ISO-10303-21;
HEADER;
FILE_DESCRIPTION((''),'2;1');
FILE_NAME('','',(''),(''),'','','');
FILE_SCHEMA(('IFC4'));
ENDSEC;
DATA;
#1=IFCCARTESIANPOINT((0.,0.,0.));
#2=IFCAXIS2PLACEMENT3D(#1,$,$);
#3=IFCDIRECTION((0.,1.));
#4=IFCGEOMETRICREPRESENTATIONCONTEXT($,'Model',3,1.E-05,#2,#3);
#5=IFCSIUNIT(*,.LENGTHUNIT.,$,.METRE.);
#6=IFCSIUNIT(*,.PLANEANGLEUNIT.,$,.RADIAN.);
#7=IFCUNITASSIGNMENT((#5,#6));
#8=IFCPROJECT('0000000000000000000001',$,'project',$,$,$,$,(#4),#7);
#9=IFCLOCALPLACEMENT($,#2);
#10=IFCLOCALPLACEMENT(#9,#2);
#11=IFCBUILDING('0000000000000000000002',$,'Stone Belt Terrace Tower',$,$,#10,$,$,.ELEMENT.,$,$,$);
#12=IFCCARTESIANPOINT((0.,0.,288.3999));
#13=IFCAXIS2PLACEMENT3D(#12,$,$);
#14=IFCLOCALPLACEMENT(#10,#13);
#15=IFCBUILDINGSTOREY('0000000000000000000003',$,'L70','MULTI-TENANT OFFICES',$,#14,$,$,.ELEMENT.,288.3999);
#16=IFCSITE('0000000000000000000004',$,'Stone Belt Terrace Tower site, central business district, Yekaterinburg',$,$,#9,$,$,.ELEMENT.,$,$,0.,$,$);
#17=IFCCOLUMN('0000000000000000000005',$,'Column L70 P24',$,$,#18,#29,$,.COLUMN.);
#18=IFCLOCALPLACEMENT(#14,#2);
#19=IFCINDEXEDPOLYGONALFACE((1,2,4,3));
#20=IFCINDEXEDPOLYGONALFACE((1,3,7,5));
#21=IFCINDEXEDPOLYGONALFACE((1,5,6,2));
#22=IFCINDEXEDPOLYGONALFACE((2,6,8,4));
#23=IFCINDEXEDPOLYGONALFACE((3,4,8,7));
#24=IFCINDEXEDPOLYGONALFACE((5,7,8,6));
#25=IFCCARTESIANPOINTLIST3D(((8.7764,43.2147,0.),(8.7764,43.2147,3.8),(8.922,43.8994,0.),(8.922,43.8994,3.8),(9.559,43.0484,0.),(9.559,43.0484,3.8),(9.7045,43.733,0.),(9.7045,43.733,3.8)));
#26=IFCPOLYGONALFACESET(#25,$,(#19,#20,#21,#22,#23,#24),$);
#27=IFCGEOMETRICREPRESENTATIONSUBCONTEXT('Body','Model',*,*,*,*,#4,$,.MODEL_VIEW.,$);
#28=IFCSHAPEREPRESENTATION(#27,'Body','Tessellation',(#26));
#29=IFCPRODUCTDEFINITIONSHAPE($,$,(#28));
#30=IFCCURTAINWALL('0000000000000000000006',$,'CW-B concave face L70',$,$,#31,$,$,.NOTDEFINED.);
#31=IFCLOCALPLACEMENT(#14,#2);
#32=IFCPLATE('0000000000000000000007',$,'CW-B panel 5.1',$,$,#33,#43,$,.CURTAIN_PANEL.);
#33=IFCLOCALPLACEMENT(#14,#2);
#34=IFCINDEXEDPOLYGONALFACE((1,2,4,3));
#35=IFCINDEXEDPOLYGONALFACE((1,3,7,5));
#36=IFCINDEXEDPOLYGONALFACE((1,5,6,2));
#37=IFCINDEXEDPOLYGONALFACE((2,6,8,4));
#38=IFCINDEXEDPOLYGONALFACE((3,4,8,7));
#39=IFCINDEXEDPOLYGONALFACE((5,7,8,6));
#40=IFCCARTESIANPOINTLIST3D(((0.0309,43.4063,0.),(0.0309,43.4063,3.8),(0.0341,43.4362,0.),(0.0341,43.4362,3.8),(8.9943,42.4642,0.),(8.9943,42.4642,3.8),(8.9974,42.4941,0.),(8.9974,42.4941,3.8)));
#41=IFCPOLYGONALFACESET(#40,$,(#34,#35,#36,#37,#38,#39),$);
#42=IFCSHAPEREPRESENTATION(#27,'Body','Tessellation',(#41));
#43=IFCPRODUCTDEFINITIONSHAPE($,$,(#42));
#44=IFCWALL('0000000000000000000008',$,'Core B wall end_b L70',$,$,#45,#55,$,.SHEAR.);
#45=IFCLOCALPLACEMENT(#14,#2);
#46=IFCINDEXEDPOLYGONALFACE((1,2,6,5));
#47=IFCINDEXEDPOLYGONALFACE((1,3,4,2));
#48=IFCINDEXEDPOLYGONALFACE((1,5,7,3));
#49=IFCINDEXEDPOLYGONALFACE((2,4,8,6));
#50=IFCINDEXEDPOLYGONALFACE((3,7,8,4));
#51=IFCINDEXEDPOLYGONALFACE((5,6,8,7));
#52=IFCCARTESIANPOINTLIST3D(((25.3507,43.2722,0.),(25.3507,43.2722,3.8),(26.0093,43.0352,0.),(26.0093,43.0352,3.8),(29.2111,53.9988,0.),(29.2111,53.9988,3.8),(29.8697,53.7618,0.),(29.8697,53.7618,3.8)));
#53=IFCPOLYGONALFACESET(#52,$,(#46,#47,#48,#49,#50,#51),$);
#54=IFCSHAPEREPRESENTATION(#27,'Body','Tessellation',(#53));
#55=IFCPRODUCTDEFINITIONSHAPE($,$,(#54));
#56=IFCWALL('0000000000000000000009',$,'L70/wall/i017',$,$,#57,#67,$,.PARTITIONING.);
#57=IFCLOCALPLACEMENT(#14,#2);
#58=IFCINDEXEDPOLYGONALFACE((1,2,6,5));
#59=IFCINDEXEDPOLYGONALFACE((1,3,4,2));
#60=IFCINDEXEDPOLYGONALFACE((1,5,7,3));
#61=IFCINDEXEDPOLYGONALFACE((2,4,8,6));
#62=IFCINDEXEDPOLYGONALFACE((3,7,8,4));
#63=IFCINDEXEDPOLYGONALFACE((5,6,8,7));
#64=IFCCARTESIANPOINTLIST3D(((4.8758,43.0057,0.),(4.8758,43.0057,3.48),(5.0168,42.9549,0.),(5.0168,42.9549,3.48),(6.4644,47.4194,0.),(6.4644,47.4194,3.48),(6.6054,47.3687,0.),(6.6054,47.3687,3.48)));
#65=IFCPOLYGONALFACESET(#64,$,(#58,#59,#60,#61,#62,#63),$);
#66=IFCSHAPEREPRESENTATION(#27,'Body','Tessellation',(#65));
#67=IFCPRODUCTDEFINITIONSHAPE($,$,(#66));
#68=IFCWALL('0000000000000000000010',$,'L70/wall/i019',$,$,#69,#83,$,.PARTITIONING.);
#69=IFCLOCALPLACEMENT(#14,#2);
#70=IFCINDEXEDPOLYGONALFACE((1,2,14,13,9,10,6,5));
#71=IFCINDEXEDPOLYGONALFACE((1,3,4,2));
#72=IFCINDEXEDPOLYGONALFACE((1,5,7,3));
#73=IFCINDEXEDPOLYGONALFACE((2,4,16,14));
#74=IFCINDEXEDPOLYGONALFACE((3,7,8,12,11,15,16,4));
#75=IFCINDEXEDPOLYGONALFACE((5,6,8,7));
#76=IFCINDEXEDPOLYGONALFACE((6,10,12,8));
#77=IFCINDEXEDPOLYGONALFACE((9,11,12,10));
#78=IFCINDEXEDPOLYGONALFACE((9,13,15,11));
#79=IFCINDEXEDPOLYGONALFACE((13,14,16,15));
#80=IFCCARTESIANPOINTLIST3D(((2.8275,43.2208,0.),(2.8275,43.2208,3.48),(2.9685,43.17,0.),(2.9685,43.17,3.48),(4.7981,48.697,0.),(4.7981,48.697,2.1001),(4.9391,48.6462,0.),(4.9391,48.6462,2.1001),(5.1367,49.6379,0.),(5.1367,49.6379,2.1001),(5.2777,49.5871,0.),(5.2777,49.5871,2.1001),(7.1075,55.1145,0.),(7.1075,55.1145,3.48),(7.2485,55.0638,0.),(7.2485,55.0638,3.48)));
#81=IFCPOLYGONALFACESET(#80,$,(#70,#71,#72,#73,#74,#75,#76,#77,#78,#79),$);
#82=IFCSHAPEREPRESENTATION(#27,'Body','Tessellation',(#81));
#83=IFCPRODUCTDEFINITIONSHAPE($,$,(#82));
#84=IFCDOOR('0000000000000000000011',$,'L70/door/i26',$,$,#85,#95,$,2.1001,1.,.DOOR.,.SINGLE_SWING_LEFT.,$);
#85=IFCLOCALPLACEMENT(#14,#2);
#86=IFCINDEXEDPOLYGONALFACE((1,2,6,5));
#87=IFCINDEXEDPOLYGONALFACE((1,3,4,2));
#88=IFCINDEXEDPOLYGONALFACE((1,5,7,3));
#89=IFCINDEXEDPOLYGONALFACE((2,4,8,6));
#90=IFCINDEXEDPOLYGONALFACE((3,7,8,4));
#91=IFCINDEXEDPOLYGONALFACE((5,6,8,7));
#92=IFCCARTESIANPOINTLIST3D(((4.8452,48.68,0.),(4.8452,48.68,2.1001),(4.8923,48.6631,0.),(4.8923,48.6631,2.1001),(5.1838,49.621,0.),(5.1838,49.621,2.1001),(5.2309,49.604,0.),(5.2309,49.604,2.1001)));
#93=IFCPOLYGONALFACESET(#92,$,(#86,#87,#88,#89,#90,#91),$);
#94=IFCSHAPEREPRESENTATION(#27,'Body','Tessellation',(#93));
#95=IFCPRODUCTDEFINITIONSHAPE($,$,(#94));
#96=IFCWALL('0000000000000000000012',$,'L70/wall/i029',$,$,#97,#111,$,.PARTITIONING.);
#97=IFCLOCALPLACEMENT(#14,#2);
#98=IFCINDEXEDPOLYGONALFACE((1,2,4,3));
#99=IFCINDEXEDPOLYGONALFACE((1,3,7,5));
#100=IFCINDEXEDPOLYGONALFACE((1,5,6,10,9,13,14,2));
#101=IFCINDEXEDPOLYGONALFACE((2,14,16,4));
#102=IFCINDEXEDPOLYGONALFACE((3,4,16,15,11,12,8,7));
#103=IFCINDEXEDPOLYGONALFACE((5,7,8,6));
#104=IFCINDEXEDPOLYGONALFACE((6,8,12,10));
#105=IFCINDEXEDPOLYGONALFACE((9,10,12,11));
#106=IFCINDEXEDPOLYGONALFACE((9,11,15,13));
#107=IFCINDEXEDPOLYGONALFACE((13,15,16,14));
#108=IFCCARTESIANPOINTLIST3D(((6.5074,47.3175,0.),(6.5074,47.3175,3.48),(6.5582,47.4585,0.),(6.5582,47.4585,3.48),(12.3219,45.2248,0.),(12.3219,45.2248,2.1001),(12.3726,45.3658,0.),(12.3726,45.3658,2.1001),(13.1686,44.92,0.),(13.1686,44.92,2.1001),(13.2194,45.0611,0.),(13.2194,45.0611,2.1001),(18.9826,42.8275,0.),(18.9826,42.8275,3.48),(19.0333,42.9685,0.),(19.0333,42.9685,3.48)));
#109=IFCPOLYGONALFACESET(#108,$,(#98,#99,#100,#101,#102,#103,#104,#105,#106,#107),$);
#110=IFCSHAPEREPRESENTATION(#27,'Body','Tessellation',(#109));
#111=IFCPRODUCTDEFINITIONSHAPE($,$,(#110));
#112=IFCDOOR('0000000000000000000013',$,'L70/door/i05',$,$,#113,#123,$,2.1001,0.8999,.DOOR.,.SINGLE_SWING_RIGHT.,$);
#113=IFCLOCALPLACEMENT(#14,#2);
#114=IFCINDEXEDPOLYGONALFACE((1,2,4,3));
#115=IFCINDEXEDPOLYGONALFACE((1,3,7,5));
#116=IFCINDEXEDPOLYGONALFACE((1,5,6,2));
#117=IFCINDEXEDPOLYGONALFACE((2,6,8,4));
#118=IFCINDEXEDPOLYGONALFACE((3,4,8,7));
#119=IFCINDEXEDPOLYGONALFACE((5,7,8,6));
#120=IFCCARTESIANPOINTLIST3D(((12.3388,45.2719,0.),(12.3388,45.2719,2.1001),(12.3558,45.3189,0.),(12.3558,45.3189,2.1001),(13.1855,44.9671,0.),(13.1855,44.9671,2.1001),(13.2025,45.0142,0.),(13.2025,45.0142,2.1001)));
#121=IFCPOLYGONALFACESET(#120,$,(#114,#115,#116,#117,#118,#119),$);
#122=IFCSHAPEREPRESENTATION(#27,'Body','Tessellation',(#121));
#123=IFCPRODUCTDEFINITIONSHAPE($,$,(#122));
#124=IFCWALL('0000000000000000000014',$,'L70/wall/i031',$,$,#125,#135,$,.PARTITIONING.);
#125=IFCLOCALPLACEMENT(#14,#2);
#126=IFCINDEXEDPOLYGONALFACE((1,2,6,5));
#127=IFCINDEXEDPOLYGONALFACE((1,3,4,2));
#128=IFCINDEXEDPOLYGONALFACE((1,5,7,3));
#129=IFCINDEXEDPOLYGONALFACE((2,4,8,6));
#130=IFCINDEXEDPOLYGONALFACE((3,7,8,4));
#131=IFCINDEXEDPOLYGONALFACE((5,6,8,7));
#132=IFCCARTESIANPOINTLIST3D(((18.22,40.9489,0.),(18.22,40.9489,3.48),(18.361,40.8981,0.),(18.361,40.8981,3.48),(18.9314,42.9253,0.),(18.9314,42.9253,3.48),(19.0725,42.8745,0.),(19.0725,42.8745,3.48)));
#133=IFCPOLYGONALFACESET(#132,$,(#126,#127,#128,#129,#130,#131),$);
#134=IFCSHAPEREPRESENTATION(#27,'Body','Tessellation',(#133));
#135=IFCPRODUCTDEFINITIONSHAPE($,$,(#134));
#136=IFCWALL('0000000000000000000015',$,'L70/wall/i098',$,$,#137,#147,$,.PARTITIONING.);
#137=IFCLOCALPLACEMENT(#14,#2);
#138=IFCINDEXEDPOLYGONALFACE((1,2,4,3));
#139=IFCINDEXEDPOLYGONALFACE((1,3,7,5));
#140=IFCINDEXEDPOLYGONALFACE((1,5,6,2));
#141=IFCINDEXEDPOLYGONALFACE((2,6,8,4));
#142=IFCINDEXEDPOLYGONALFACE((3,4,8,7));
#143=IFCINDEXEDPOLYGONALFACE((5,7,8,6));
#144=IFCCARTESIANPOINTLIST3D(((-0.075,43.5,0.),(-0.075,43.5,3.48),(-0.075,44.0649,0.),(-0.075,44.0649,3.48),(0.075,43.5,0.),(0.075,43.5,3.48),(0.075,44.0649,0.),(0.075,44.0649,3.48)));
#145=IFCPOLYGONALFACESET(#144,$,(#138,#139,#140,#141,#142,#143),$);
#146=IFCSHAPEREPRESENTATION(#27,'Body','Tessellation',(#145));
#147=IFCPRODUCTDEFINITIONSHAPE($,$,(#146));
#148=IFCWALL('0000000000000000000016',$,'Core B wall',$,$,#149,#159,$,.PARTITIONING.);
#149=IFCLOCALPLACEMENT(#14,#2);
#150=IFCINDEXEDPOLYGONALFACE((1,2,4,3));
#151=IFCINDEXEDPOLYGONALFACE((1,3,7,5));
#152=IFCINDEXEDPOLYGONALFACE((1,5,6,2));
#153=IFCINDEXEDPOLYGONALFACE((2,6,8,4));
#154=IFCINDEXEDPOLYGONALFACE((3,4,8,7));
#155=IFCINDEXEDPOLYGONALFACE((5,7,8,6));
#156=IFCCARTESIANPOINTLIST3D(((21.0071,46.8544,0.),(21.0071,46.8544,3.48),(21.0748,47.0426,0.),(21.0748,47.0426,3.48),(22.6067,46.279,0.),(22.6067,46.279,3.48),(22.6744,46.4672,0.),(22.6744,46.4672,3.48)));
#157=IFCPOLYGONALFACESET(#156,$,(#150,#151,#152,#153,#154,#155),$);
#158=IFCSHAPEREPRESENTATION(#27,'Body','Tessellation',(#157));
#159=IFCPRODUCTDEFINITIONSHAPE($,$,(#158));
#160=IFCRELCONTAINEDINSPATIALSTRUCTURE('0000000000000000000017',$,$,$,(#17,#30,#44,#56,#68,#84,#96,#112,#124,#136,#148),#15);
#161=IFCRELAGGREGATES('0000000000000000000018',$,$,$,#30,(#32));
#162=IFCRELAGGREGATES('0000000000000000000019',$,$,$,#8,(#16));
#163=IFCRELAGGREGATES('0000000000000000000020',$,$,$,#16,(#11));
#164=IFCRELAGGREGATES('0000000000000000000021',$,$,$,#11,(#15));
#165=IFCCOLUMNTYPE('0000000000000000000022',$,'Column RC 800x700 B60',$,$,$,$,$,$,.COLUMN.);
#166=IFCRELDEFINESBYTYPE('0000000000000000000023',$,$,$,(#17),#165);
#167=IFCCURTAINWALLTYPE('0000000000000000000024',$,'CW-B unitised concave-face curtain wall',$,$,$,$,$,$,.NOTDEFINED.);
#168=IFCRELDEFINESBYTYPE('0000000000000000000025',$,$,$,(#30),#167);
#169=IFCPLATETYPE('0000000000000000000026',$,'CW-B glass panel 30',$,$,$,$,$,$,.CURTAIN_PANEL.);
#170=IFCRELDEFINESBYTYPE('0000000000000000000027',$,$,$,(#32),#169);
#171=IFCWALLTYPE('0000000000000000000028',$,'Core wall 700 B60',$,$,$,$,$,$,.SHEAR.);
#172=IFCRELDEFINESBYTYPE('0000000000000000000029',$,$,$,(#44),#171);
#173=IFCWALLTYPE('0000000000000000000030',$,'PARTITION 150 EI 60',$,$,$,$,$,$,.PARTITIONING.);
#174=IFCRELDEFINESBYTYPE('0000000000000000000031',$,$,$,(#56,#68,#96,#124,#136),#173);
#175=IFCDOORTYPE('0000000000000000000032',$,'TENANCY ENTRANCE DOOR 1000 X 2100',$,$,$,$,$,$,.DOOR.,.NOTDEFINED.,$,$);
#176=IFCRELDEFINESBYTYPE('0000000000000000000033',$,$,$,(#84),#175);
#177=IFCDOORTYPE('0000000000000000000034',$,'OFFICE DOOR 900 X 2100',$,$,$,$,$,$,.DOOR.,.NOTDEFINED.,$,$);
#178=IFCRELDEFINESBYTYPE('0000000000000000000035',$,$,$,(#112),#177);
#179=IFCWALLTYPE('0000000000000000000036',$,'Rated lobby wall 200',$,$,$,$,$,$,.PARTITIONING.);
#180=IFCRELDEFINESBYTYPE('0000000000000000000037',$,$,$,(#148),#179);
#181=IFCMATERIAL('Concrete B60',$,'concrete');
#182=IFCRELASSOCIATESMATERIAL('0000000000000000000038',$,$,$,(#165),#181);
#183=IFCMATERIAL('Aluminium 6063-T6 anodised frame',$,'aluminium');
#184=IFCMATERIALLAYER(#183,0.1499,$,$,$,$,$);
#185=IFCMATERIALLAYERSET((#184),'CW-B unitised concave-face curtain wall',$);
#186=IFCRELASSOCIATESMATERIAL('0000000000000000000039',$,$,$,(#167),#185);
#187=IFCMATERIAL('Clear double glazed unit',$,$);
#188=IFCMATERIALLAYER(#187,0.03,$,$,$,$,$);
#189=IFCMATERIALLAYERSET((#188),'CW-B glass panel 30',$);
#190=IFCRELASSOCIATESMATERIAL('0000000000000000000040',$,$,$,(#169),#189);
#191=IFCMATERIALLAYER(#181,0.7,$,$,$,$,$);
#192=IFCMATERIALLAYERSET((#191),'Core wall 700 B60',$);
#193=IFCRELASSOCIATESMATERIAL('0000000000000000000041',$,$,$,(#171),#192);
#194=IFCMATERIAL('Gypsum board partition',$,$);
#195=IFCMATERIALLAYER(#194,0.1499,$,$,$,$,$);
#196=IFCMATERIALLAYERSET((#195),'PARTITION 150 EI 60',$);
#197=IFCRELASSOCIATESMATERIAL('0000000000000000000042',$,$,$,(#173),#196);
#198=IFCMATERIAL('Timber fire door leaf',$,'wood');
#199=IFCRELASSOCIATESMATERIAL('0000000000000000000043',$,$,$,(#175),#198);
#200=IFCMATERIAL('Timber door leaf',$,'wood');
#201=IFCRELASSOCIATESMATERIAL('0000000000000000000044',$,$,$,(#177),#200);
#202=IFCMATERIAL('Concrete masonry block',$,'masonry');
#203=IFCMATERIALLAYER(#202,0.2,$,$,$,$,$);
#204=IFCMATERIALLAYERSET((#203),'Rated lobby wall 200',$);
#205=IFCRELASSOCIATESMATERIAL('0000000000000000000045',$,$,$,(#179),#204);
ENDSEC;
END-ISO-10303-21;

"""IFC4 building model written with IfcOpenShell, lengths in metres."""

from ifc_helpers import new_model, si_unit, direction, frame, frame_2d, origin, origin_2d, place, context, subcontext, project, spatial, rectangle, extrude, material, layer, layer_set, material_profile, profile_set, type_object, element, fill, aggregate, save


model = new_model("IFC4")

# Units and contexts
model_context = context("Model", 3, precision=1e-05, world=origin(), true_north=direction((0.0, 1.0)))
body_context = subcontext(model_context, "Body", "Model", "MODEL_VIEW")
ifc_project = project(units=[si_unit("LENGTHUNIT", "METRE"), si_unit("PLANEANGLEUNIT", "RADIAN")], contexts=[model_context])

# Site, building, storey
site_placement = place(None, origin())
site = spatial("IfcSite", under=ifc_project, at=site_placement, Name="Stone Belt Terrace Tower site, central business district, Yekaterinburg", CompositionType="ELEMENT", RefElevation=0.0)
building_placement = place(site_placement, origin())
building = spatial("IfcBuilding", under=site, at=building_placement, Name="Stone Belt Terrace Tower", CompositionType="ELEMENT")
storey_placement = place(building_placement, frame((0.0, 0.0, 288.3999)))
storey = spatial("IfcBuildingStorey", under=building, at=storey_placement, Name="L70", Description="MULTI-TENANT OFFICES", CompositionType="ELEMENT", Elevation=288.3999)

# Column
ifc_material_1 = material(Name="Concrete B60", Category="concrete")
ifc_material_profile = material_profile(ifc_material_1, rectangle(XDim=0.8, YDim=0.7, at=origin_2d()), Name="RC 800x700")
ifc_profile_set = profile_set([ifc_material_profile], Name="Concrete B60")
column_type = type_object("IfcColumnType", Name="Column RC 800x700 B60", PredefinedType="COLUMN", material=ifc_profile_set)
column_placement = place(storey_placement, frame((9.2405, 43.4739, 0.0), z_axis=(0.0, 0.0, 1.0), x_axis=(0.978148, -0.207912, 0.0)))
element("IfcColumn", 1, at=column_placement, inside=storey, type_object=column_type, Name="Column L70 P24", PredefinedType="COLUMN", context=body_context, shape_type="SweptSolid", body=[
    extrude(rectangle(XDim=0.8, YDim=0.7, at=origin_2d()), origin(), (0.0, 0.0, 1.0), 3.8),
])

# Curtain wall, plate
ifc_material_2 = material(Name="Aluminium 6063-T6 anodised frame", Category="aluminium")
ifc_layer_1 = layer(ifc_material_2, 0.1499)
ifc_layer_set_1 = layer_set([ifc_layer_1], Name="CW-B unitised concave-face curtain wall")
curtain_wall_type = type_object("IfcCurtainWallType", Name="CW-B unitised concave-face curtain wall", PredefinedType="NOTDEFINED", material=ifc_layer_set_1)
curtain_wall_placement = place(storey_placement, origin())
curtain_wall = element("IfcCurtainWall", 2, at=curtain_wall_placement, inside=storey, type_object=curtain_wall_type, Name="CW-B concave face L70", PredefinedType="NOTDEFINED")
ifc_material_3 = material(Name="Clear double glazed unit")
ifc_layer_2 = layer(ifc_material_3, 0.03)
ifc_layer_set_2 = layer_set([ifc_layer_2], Name="CW-B glass panel 30")
plate_type = type_object("IfcPlateType", Name="CW-B glass panel 30", PredefinedType="CURTAIN_PANEL", material=ifc_layer_set_2)
plate_placement = place(storey_placement, frame((4.5142, 42.9502, 0.0), z_axis=(0.0, 0.0, 1.0), x_axis=(0.994522, -0.104528, 0.0)))
plate = element("IfcPlate", 3, at=plate_placement, type_object=plate_type, Name="CW-B panel 5.1", PredefinedType="CURTAIN_PANEL", context=body_context, shape_type="SweptSolid", body=[
    extrude(rectangle(XDim=9.0127, YDim=0.03, at=origin_2d()), origin(), (0.0, 0.0, 1.0), 3.8),
])
aggregate(curtain_wall, [plate])

# Walls
ifc_layer_3 = layer(ifc_material_1, 0.7)
ifc_layer_set_3 = layer_set([ifc_layer_3], Name="Core wall 700 B60")
wall_type_1 = type_object("IfcWallType", Name="Core wall 700 B60", PredefinedType="SHEAR", material=ifc_layer_set_3)
wall_1_placement = place(storey_placement, frame((25.6799, 43.1536, 0.0), z_axis=(0.0, 0.0, 1.0), x_axis=(0.338625, 0.940921, 0.0)))
element("IfcWall", 4, at=wall_1_placement, inside=storey, type_object=wall_type_1, Name="Core B wall end_b L70", PredefinedType="SHEAR", context=body_context, shape_type="SweptSolid", body=[
    extrude(rectangle(XDim=11.4001, YDim=0.7, at=frame_2d((5.7002, 0.0))), origin(), (0.0, 0.0, 1.0), 3.8),
])
ifc_material_4 = material(Name="Gypsum board partition")
ifc_layer_4 = layer(ifc_material_4, 0.1499)
ifc_layer_set_4 = layer_set([ifc_layer_4], Name="PARTITION 150 EI 60")
wall_type_2 = type_object("IfcWallType", Name="PARTITION 150 EI 60", PredefinedType="PARTITIONING", material=ifc_layer_set_4)
wall_2_placement = place(storey_placement, frame((6.5349, 47.394, 0.0), z_axis=(0.0, 0.0, 1.0), x_axis=(-0.338653, -0.940911, 0.0)))
element("IfcWall", 5, at=wall_2_placement, inside=storey, type_object=wall_type_2, Name="L70/wall/i017", PredefinedType="PARTITIONING", context=body_context, shape_type="SweptSolid", body=[
    extrude(rectangle(XDim=4.6909, YDim=0.1499, at=frame_2d((2.3455, 0.0))), origin(), (0.0, 0.0, 1.0), 3.48),
])

# Walls, openings, doors
wall_3_placement = place(storey_placement, frame((2.8979, 43.1953, 0.0), z_axis=(0.0, 0.0, 1.0), x_axis=(0.338598, 0.940931, 0.0)))
wall_3 = element("IfcWall", 6, at=wall_3_placement, inside=storey, type_object=wall_type_2, Name="L70/wall/i019", PredefinedType="PARTITIONING", context=body_context, shape_type="SweptSolid", body=[
    extrude(rectangle(XDim=12.6404, YDim=0.1499, at=frame_2d((6.3203, 0.0))), origin(), (0.0, 0.0, 1.0), 3.48),
])
opening_1_placement = place(wall_3_placement, frame((5.8201, 0.0, 0.0)))
opening_1 = element("IfcOpeningElement", 7, at=opening_1_placement, cuts=wall_3, PredefinedType="OPENING", context=body_context, shape_type="SweptSolid", body=[
    extrude(rectangle(XDim=1.0, YDim=2.1001, at=frame_2d((0.5, 1.05))), frame((0.0, 0.085, 0.0), z_axis=(0.0, -1.0, 0.0), x_axis=(1.0, 0.0, 0.0)), (0.0, 0.0, 1.0), 0.1699),
])
ifc_material_5 = material(Name="Timber fire door leaf", Category="wood")
door_type_1 = type_object("IfcDoorType", Name="TENANCY ENTRANCE DOOR 1000 X 2100", OperationType="NOTDEFINED", PredefinedType="DOOR", material=ifc_material_5)
door_1_placement = place(opening_1_placement, origin())
door_1 = element("IfcDoor", 8, at=door_1_placement, inside=storey, type_object=door_type_1, Name="L70/door/i26", OperationType="SINGLE_SWING_LEFT", OverallHeight=2.1001, OverallWidth=1.0, PredefinedType="DOOR", context=body_context, shape_type="SweptSolid", body=[
    extrude(rectangle(XDim=1.0, YDim=2.1001, at=frame_2d((0.5, 1.05))), frame((0.0, 0.0249, 0.0), z_axis=(0.0, -1.0, 0.0), x_axis=(1.0, 0.0, 0.0)), (0.0, 0.0, 1.0), 0.05),
])
fill(opening_1, door_1)
wall_4_placement = place(storey_placement, frame((19.0081, 42.8979, 0.0), z_axis=(0.0, 0.0, 1.0), x_axis=(-0.940913, 0.33865, 0.0)))
wall_4 = element("IfcWall", 9, at=wall_4_placement, inside=storey, type_object=wall_type_2, Name="L70/wall/i029", PredefinedType="PARTITIONING", context=body_context, shape_type="SweptSolid", body=[
    extrude(rectangle(XDim=13.2585, YDim=0.1499, at=frame_2d((6.6294, 0.0))), origin(), (0.0, 0.0, 1.0), 3.48),
])
opening_2_placement = place(wall_4_placement, frame((6.1792, 0.0, 0.0)))
opening_2 = element("IfcOpeningElement", 10, at=opening_2_placement, cuts=wall_4, PredefinedType="OPENING", context=body_context, shape_type="SweptSolid", body=[
    extrude(rectangle(XDim=0.8999, YDim=2.1001, at=frame_2d((0.45, 1.05))), frame((0.0, 0.085, 0.0), z_axis=(0.0, -1.0, 0.0), x_axis=(1.0, 0.0, 0.0)), (0.0, 0.0, 1.0), 0.1699),
])
ifc_material_6 = material(Name="Timber door leaf", Category="wood")
door_type_2 = type_object("IfcDoorType", Name="OFFICE DOOR 900 X 2100", OperationType="NOTDEFINED", PredefinedType="DOOR", material=ifc_material_6)
door_2_placement = place(opening_2_placement, origin())
door_2 = element("IfcDoor", 11, at=door_2_placement, inside=storey, type_object=door_type_2, Name="L70/door/i05", OperationType="SINGLE_SWING_RIGHT", OverallHeight=2.1001, OverallWidth=0.8999, PredefinedType="DOOR", context=body_context, shape_type="SweptSolid", body=[
    extrude(rectangle(XDim=0.8999, YDim=2.1001, at=frame_2d((0.45, 1.05))), frame((0.0, 0.0249, 0.0), z_axis=(0.0, -1.0, 0.0), x_axis=(1.0, 0.0, 0.0)), (0.0, 0.0, 1.0), 0.05),
])
fill(opening_2, door_2)

# Walls
wall_5_placement = place(storey_placement, frame((19.002, 42.8999, 0.0), z_axis=(0.0, 0.0, 1.0), x_axis=(-0.338699, -0.940895, 0.0)))
element("IfcWall", 12, at=wall_5_placement, inside=storey, type_object=wall_type_2, Name="L70/wall/i031", PredefinedType="PARTITIONING", context=body_context, shape_type="SweptSolid", body=[
    extrude(rectangle(XDim=2.1006, YDim=0.1499, at=frame_2d((1.0503, 0.0))), origin(), (0.0, 0.0, 1.0), 3.48),
])
wall_6_placement = place(storey_placement, frame((0.0, 44.0649, 0.0), z_axis=(0.0, 0.0, 1.0), x_axis=(0.0, -1.0, 0.0)))
element("IfcWall", 13, at=wall_6_placement, inside=storey, type_object=wall_type_2, Name="L70/wall/i098", PredefinedType="PARTITIONING", context=body_context, shape_type="SweptSolid", body=[
    extrude(rectangle(XDim=0.5649, YDim=0.1499, at=frame_2d((0.2825, 0.0))), origin(), (0.0, 0.0, 1.0), 3.48),
])
ifc_material_7 = material(Name="Concrete masonry block", Category="masonry")
ifc_layer_5 = layer(ifc_material_7, 0.2)
ifc_layer_set_5 = layer_set([ifc_layer_5], Name="Rated lobby wall 200")
wall_type_3 = type_object("IfcWallType", Name="Rated lobby wall 200", PredefinedType="PARTITIONING", material=ifc_layer_set_5)
wall_7_placement = place(storey_placement, frame((22.6406, 46.373, 0.0), z_axis=(0.0, 0.0, 1.0), x_axis=(-0.940966, 0.338501, 0.0)))
element("IfcWall", 14, at=wall_7_placement, inside=storey, type_object=wall_type_3, Name="Core B wall", PredefinedType="PARTITIONING", context=body_context, shape_type="SweptSolid", body=[
    extrude(rectangle(XDim=1.7, YDim=0.2, at=frame_2d((0.8501, 0.0))), origin(), (0.0, 0.0, 1.0), 3.48),
])

save(model, "model.ifc")
